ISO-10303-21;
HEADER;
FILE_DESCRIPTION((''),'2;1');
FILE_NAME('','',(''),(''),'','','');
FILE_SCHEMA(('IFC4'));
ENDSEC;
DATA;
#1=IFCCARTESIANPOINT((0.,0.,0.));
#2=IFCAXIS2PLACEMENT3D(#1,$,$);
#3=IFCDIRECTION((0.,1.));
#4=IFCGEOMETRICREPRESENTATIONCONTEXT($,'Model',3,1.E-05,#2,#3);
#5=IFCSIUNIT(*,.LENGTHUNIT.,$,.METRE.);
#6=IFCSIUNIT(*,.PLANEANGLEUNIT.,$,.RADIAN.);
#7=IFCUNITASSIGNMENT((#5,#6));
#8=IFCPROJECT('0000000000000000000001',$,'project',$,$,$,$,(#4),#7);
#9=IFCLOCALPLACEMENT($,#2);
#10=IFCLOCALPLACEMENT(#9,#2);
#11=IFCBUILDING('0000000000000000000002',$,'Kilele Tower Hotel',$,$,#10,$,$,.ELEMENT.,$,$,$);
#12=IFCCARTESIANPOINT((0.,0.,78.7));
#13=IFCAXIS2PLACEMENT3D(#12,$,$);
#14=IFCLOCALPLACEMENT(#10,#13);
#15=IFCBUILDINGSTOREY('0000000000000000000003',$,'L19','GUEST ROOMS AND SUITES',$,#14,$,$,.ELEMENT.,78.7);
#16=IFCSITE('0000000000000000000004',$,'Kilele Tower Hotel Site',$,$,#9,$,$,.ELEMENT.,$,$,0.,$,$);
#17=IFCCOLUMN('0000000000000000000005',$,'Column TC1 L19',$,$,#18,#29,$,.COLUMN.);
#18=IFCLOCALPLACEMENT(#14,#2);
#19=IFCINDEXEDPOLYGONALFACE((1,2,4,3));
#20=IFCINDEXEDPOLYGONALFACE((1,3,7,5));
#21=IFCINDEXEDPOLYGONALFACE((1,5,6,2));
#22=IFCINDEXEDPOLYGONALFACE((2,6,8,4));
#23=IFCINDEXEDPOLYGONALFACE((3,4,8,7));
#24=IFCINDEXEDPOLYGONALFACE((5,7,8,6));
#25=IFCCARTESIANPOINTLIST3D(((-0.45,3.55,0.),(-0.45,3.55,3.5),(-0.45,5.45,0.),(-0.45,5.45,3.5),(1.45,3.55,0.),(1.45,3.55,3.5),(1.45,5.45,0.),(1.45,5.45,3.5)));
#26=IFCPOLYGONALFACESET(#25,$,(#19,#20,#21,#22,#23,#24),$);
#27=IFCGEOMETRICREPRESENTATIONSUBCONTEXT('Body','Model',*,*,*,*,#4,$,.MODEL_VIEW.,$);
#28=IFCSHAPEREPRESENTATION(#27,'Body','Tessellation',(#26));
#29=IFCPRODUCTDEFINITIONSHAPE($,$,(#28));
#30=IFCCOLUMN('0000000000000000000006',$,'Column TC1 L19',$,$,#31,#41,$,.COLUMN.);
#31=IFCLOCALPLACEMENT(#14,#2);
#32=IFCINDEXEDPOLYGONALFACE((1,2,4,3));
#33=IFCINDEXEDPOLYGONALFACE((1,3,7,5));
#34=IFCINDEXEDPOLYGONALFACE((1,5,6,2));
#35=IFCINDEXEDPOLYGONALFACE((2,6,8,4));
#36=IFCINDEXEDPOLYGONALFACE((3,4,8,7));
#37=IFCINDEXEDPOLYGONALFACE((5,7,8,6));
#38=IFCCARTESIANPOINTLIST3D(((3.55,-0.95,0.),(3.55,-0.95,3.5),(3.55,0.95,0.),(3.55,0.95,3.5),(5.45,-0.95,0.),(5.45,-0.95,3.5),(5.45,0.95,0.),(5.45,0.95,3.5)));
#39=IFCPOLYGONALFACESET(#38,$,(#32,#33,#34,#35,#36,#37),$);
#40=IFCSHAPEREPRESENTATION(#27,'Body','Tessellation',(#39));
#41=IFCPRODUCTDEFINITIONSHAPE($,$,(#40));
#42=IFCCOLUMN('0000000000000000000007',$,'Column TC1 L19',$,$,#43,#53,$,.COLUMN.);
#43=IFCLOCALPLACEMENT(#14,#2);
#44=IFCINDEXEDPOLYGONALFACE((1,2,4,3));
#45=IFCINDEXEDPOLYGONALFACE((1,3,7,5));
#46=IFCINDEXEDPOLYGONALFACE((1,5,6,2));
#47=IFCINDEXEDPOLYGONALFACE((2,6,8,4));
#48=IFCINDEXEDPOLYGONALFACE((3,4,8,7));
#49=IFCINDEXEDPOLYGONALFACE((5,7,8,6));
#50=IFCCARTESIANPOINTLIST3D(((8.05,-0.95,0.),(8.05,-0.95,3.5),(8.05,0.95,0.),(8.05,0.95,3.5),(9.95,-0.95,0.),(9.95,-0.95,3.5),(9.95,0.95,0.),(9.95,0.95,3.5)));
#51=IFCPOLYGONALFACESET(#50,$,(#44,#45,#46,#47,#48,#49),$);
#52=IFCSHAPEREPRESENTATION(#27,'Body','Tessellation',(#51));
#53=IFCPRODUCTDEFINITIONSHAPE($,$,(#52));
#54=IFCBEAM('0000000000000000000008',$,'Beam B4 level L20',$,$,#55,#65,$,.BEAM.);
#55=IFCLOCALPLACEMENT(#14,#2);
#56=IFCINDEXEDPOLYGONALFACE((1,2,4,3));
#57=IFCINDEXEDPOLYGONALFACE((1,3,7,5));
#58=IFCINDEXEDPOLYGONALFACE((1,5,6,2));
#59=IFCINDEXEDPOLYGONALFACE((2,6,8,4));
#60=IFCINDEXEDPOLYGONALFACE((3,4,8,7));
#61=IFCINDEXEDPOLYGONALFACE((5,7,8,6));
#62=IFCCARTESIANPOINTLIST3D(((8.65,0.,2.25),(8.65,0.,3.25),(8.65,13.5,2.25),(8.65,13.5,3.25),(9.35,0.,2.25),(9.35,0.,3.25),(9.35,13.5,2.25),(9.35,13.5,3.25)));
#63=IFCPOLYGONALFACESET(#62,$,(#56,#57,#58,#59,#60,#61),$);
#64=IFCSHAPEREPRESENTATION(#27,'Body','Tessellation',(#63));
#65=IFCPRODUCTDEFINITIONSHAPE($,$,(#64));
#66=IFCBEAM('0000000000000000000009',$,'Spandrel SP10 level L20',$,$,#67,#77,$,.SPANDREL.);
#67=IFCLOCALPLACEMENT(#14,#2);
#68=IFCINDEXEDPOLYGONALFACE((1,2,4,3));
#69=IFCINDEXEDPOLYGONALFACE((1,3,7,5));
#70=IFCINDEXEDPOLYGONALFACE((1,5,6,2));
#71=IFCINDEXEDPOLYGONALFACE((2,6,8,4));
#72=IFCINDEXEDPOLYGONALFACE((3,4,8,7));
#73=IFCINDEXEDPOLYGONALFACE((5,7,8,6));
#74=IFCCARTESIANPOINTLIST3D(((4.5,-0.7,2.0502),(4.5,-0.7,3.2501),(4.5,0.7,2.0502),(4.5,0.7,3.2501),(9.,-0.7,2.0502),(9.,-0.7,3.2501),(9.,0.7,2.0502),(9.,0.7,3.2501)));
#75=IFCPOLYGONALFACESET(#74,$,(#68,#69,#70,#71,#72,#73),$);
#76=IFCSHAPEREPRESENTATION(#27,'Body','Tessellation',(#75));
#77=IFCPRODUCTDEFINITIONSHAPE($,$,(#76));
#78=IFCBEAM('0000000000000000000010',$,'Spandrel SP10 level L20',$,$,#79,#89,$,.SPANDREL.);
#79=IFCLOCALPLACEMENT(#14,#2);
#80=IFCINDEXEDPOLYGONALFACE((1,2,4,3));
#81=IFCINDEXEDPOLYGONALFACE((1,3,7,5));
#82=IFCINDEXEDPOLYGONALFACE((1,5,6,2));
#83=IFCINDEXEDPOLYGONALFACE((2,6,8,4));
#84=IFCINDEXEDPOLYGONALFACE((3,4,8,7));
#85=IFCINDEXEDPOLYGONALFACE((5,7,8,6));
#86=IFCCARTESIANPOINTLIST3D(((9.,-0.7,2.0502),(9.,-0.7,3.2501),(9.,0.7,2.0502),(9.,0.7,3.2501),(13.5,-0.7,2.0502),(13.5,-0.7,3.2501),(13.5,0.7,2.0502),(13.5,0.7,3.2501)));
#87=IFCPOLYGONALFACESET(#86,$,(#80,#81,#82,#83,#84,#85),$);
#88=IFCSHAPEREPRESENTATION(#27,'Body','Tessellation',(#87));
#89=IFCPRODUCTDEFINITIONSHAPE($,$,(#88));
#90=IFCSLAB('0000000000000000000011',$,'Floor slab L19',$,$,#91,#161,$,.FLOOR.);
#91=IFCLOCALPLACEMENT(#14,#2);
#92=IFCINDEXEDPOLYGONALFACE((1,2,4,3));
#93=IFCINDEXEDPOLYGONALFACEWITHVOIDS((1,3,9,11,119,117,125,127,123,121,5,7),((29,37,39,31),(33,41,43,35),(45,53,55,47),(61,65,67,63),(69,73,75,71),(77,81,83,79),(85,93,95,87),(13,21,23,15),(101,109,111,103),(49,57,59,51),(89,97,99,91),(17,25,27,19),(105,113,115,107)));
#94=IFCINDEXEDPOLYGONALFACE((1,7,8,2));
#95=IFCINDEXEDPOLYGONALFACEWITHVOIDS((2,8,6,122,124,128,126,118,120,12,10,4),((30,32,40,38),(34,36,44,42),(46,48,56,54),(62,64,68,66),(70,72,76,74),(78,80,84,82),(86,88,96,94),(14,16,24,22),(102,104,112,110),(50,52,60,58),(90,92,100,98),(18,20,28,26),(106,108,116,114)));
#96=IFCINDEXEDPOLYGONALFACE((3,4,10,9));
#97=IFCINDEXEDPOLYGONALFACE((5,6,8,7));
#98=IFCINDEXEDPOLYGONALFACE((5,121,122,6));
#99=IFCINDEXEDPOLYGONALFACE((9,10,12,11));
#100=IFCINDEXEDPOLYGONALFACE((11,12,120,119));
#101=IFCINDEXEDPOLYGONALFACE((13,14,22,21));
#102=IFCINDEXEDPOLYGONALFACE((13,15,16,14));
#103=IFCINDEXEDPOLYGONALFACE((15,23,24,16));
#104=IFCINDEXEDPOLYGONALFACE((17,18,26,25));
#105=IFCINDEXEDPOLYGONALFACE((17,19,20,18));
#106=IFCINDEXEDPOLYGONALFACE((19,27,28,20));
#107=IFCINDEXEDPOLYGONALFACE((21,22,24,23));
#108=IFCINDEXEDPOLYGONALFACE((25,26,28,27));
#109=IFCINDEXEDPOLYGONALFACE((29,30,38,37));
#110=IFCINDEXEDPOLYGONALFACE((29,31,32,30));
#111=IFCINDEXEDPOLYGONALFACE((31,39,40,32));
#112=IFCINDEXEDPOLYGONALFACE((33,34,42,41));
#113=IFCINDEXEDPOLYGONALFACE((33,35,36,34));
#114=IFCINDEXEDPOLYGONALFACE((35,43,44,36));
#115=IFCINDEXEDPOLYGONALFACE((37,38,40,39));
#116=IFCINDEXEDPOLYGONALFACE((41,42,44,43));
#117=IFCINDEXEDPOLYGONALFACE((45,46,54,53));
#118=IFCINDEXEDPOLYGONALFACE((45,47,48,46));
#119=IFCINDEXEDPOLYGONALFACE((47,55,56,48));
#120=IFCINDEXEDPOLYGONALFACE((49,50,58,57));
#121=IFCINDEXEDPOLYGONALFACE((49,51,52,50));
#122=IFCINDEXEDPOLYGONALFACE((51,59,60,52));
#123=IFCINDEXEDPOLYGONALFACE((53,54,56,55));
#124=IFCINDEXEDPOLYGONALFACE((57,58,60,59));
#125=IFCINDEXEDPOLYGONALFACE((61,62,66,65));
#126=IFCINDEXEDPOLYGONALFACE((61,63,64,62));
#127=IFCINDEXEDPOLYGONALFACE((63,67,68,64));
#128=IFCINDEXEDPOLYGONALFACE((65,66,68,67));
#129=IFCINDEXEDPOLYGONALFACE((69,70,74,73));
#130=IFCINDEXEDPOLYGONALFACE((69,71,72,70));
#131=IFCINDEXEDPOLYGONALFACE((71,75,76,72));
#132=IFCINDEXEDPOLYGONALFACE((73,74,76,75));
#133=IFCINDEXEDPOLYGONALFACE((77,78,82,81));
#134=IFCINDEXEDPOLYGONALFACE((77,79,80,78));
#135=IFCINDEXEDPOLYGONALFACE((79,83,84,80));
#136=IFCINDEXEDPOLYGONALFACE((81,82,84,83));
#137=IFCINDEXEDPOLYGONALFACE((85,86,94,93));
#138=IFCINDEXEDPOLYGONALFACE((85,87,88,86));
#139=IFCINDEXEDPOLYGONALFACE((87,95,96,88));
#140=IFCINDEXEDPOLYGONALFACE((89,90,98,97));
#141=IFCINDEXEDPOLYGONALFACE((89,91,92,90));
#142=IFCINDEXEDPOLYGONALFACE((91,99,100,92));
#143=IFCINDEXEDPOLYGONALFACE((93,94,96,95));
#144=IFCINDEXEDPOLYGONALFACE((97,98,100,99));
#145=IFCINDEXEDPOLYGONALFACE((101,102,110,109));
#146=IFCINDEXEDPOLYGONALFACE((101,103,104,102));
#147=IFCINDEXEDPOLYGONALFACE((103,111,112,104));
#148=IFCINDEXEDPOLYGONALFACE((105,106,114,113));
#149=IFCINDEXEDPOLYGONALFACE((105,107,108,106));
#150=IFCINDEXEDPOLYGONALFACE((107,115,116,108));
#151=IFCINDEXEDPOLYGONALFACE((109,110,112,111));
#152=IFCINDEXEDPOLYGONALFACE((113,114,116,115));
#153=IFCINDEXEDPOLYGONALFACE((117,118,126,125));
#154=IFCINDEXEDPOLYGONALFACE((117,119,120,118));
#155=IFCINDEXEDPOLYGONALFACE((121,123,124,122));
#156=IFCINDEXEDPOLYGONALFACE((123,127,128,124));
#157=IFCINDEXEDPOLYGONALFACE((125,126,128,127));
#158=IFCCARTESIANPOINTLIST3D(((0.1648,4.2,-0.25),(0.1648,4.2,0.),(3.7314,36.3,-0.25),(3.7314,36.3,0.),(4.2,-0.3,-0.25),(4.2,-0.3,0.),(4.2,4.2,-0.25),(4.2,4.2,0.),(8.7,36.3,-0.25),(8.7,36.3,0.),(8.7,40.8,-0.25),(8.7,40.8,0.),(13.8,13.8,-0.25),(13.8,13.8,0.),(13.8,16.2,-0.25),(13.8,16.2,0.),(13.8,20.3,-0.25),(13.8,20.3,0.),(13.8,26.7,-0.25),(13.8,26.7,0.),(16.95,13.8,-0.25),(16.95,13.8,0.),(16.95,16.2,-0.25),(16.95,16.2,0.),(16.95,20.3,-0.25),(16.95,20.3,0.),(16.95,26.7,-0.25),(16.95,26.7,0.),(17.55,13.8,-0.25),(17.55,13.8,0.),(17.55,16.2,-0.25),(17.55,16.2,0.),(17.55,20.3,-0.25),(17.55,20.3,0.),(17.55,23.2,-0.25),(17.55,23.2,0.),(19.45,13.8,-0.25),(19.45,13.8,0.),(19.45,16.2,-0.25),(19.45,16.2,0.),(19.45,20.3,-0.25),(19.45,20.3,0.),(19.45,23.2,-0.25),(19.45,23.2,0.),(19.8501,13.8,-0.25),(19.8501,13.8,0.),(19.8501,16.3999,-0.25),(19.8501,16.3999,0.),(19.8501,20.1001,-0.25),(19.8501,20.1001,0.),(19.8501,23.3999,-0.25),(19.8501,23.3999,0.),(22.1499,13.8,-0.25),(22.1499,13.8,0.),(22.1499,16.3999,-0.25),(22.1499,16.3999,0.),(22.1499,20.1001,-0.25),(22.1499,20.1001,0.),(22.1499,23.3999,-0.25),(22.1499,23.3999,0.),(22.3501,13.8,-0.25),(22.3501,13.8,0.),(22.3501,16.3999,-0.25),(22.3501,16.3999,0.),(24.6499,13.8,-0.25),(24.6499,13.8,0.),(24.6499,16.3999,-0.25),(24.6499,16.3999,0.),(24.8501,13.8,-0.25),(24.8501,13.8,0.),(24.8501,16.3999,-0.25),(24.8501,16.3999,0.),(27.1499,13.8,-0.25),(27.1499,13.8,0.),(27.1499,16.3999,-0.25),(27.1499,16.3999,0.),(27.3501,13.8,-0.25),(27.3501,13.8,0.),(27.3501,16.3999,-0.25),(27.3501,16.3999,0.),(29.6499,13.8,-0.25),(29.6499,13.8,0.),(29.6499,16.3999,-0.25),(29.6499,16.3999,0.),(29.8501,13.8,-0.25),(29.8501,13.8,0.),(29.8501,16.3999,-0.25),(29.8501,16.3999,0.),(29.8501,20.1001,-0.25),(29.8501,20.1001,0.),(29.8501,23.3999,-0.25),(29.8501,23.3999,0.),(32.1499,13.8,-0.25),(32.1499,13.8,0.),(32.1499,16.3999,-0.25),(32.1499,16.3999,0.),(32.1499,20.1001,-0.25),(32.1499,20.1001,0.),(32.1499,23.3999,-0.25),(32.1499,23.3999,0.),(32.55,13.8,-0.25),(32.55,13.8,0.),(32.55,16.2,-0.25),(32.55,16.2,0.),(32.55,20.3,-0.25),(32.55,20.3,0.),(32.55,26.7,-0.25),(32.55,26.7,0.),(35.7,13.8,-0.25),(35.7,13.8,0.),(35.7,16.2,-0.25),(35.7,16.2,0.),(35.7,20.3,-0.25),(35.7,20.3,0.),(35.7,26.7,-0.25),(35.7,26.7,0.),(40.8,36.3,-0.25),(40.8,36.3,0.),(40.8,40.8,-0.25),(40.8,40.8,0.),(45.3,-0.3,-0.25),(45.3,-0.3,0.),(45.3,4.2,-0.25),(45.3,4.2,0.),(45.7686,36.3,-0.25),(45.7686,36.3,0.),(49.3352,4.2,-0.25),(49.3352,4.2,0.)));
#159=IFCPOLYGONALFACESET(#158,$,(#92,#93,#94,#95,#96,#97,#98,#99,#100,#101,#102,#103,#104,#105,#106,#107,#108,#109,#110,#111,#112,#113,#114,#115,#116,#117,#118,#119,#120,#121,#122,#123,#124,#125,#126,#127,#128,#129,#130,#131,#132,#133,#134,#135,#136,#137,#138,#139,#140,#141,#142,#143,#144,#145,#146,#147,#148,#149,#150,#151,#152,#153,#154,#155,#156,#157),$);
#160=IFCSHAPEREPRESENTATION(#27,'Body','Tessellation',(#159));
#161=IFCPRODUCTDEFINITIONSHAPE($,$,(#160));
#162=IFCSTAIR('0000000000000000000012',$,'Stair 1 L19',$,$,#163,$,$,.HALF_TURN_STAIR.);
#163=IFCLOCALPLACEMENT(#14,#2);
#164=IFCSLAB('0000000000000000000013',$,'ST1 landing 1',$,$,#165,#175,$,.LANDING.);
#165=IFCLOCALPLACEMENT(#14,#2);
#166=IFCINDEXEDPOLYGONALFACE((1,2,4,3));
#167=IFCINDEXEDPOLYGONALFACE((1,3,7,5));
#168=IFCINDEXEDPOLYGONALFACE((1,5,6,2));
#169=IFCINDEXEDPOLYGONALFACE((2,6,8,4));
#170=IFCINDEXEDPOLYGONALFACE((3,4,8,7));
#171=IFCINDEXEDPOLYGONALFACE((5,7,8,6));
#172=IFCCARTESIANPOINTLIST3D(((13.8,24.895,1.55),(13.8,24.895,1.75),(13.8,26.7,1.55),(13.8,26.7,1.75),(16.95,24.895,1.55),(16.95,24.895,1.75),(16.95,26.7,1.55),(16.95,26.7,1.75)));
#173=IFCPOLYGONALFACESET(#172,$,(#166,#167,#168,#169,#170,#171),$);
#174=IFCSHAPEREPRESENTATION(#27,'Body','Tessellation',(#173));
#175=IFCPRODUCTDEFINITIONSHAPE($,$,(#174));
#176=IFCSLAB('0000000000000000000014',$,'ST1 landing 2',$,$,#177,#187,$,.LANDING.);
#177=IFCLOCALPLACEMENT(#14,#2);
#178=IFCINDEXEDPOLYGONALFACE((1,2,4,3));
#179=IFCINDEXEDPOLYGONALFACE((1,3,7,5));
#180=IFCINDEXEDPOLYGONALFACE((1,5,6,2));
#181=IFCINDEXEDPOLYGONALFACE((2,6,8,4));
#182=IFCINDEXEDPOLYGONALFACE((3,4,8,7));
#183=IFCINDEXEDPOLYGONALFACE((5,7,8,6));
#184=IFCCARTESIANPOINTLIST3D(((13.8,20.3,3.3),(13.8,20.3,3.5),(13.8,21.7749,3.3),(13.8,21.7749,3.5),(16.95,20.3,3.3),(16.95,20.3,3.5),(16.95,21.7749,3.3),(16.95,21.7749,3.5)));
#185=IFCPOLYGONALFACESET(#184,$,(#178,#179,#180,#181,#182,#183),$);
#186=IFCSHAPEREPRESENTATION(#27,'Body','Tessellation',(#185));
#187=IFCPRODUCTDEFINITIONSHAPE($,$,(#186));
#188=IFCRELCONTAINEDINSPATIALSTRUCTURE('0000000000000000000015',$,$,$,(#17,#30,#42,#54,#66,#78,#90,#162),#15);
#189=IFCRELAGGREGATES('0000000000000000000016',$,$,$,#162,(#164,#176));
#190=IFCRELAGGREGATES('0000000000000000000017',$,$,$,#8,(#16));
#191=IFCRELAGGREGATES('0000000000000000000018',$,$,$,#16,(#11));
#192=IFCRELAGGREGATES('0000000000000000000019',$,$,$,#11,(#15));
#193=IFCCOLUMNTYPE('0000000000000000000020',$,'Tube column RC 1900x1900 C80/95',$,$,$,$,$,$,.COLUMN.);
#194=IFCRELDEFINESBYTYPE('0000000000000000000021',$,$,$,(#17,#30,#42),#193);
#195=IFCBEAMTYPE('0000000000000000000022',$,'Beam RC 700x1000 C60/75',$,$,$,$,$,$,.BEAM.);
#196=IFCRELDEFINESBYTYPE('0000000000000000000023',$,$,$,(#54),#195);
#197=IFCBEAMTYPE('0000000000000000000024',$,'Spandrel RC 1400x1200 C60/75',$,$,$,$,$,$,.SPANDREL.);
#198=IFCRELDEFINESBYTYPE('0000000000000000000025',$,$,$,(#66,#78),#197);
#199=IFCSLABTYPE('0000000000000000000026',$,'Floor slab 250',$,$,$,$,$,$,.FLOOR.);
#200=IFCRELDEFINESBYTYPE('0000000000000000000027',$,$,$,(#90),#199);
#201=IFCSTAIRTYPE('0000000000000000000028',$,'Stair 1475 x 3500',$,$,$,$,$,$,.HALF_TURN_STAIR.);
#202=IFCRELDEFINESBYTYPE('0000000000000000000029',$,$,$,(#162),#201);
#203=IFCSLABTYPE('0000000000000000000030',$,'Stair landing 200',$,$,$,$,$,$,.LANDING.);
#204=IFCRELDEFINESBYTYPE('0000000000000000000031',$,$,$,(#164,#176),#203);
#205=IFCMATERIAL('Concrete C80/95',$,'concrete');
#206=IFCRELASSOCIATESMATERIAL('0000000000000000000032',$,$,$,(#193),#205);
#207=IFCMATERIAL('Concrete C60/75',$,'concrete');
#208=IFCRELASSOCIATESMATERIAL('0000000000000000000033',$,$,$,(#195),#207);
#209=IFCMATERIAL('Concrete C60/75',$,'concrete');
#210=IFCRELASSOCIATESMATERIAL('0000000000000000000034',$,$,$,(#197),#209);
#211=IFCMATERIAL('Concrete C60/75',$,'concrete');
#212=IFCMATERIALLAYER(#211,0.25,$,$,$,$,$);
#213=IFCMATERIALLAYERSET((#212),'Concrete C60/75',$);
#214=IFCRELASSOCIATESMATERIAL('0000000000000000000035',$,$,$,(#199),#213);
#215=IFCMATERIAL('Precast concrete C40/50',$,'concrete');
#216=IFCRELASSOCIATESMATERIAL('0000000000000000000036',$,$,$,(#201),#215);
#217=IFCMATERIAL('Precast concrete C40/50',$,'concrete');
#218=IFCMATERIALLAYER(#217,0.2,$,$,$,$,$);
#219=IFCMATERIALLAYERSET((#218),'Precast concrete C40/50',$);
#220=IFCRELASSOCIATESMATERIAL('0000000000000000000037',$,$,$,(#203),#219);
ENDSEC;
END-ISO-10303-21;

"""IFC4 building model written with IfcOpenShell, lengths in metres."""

from ifc_helpers import new_model, si_unit, direction, frame, origin, origin_2d, place, context, subcontext, project, spatial, polyline, rectangle, outline, extrude, material, layer, layer_set, material_profile, profile_set, type_object, element, aggregate, save


model = new_model("IFC4")

# Units and contexts
model_context = context("Model", 3, precision=1e-05, world=origin(), true_north=direction((0.0, 1.0)))
body_context = subcontext(model_context, "Body", "Model", "MODEL_VIEW")
ifc_project = project(units=[si_unit("LENGTHUNIT", "METRE"), si_unit("PLANEANGLEUNIT", "RADIAN")], contexts=[model_context])

# Site, building, storey
site_placement = place(None, origin())
site = spatial("IfcSite", under=ifc_project, at=site_placement, Name="Kilele Tower Hotel Site", CompositionType="ELEMENT", RefElevation=0.0)
building_placement = place(site_placement, origin())
building = spatial("IfcBuilding", under=site, at=building_placement, Name="Kilele Tower Hotel", CompositionType="ELEMENT")
storey_placement = place(building_placement, frame((0.0, 0.0, 78.7)))
storey = spatial("IfcBuildingStorey", under=building, at=storey_placement, Name="L19", Description="GUEST ROOMS AND SUITES", CompositionType="ELEMENT", Elevation=78.7)

# Columns
ifc_material_1 = material(Name="Concrete C80/95", Category="concrete")
ifc_material_profile_1 = material_profile(ifc_material_1, rectangle(XDim=1.8999, YDim=1.8999, at=origin_2d()))
ifc_profile_set_1 = profile_set([ifc_material_profile_1], Name="Concrete C80/95")
column_type = type_object("IfcColumnType", Name="Tube column RC 1900x1900 C80/95", PredefinedType="COLUMN", material=ifc_profile_set_1)
for number, where, z_axis, x_axis, name in (
    (1, (0.5, 4.5, 0.0), (0.0, 0.0, 1.0), (1.0, 0.0, 0.0), "Column TC1 L19"),
    (2, (4.5, 0.0, 0.0), (0.0, 0.0, 1.0), (1.0, 0.0, 0.0), "Column TC1 L19"),
    (3, (9.0, 0.0, 0.0), (0.0, 0.0, 1.0), (1.0, 0.0, 0.0), "Column TC1 L19"),
):
    element("IfcColumn", number, at=place(storey_placement, frame(where, z_axis=z_axis, x_axis=x_axis)), inside=storey, type_object=column_type, Name=name, PredefinedType="COLUMN", context=body_context, shape_type="SweptSolid", body=[
        extrude(rectangle(XDim=1.8999, YDim=1.8999, at=origin_2d()), origin(), (0.0, 0.0, 1.0), 3.5),
    ])

# Beams
ifc_material_2 = material(Name="Concrete C60/75", Category="concrete")
ifc_material_profile_2 = material_profile(ifc_material_2, rectangle(XDim=0.7, YDim=1.0, at=origin_2d()))
ifc_profile_set_2 = profile_set([ifc_material_profile_2], Name="Concrete C60/75")
beam_type_1 = type_object("IfcBeamType", Name="Beam RC 700x1000 C60/75", PredefinedType="BEAM", material=ifc_profile_set_2)
beam_placement = place(storey_placement, frame((9.0, 0.0, 2.75), z_axis=(0.0, 1.0, 0.0), x_axis=(-1.0, 0.0, 0.0)))
element("IfcBeam", 4, at=beam_placement, inside=storey, type_object=beam_type_1, Name="Beam B4 level L20", PredefinedType="BEAM", context=body_context, shape_type="SweptSolid", body=[
    extrude(rectangle(XDim=0.7, YDim=1.0, at=origin_2d()), origin(), (0.0, 0.0, 1.0), 13.5),
])
ifc_material_3 = material(Name="Concrete C60/75", Category="concrete")
ifc_material_profile_3 = material_profile(ifc_material_3, rectangle(XDim=1.3999, YDim=1.2, at=origin_2d()))
ifc_profile_set_3 = profile_set([ifc_material_profile_3], Name="Concrete C60/75")
beam_type_2 = type_object("IfcBeamType", Name="Spandrel RC 1400x1200 C60/75", PredefinedType="SPANDREL", material=ifc_profile_set_3)
for number, where, z_axis, x_axis, name in (
    (5, (4.5, 0.0, 2.6501), (1.0, 0.0, 0.0), (0.0, 1.0, 0.0), "Spandrel SP10 level L20"),
    (6, (9.0, 0.0, 2.6501), (1.0, 0.0, 0.0), (0.0, 1.0, 0.0), "Spandrel SP10 level L20"),
):
    element("IfcBeam", number, at=place(storey_placement, frame(where, z_axis=z_axis, x_axis=x_axis)), inside=storey, type_object=beam_type_2, Name=name, PredefinedType="SPANDREL", context=body_context, shape_type="SweptSolid", body=[
        extrude(rectangle(XDim=1.3999, YDim=1.2, at=origin_2d()), origin(), (0.0, 0.0, 1.0), 4.5),
    ])

# Slab
ifc_material_4 = material(Name="Concrete C60/75", Category="concrete")
ifc_layer_1 = layer(ifc_material_4, 0.25)
ifc_layer_set_1 = layer_set([ifc_layer_1], Name="Concrete C60/75")
slab_type_1 = type_object("IfcSlabType", Name="Floor slab 250", PredefinedType="FLOOR", material=ifc_layer_set_1)
slab_1_placement = place(storey_placement, frame((0.0, 0.0, -0.25)))
element("IfcSlab", 7, at=slab_1_placement, inside=storey, type_object=slab_type_1, Name="Floor slab L19", PredefinedType="FLOOR", context=body_context, shape_type="SweptSolid", body=[
    extrude(outline(polyline([(8.7, 36.3), (8.7, 40.8), (40.8, 40.8), (40.8, 36.3), (45.7686, 36.3), (49.3352, 4.2), (45.3, 4.2), (45.3, -0.3), (4.2, -0.3), (4.2, 4.2), (0.1648, 4.2), (3.7314, 36.3), (8.7, 36.3)]), holes=[polyline([(16.95, 16.2), (13.8, 16.2), (13.8, 13.8), (16.95, 13.8), (16.95, 16.2)]), polyline([(19.45, 13.8), (19.45, 16.2), (17.55, 16.2), (17.55, 13.8), (19.45, 13.8)]), polyline([(22.1499, 13.8), (22.1499, 16.3999), (19.8501, 16.3999), (19.8501, 13.8), (22.1499, 13.8)]), polyline([(24.6499, 16.3999), (22.3501, 16.3999), (22.3501, 13.8), (24.6499, 13.8), (24.6499, 16.3999)]), polyline([(19.45, 20.3), (19.45, 23.2), (17.55, 23.2), (17.55, 20.3), (19.45, 20.3)]), polyline([(22.1499, 20.1001), (22.1499, 23.3999), (19.8501, 23.3999), (19.8501, 20.1001), (22.1499, 20.1001)]), polyline([(16.95, 26.7), (13.8, 26.7), (13.8, 20.3), (16.95, 20.3), (16.95, 26.7)]), polyline([(35.7, 13.8), (35.7, 16.2), (32.55, 16.2), (32.55, 13.8), (35.7, 13.8)]), polyline([(27.1499, 13.8), (27.1499, 16.3999), (24.8501, 16.3999), (24.8501, 13.8), (27.1499, 13.8)]), polyline([(29.6499, 13.8), (29.6499, 16.3999), (27.3501, 16.3999), (27.3501, 13.8), (29.6499, 13.8)]), polyline([(32.1499, 13.8), (32.1499, 16.3999), (29.8501, 16.3999), (29.8501, 13.8), (32.1499, 13.8)]), polyline([(32.1499, 20.1001), (32.1499, 23.3999), (29.8501, 23.3999), (29.8501, 20.1001), (32.1499, 20.1001)]), polyline([(35.7, 20.3), (35.7, 26.7), (32.55, 26.7), (32.55, 20.3), (35.7, 20.3)])]), origin(), (0.0, 0.0, 1.0), 0.25),
])

# Stair, slabs
ifc_material_5 = material(Name="Precast concrete C40/50", Category="concrete")
stair_type = type_object("IfcStairType", Name="Stair 1475 x 3500", PredefinedType="HALF_TURN_STAIR", material=ifc_material_5)
stair_1_placement = place(storey_placement, origin())
stair_1 = element("IfcStair", 8, at=stair_1_placement, inside=storey, type_object=stair_type, Name="Stair 1 L19", PredefinedType="HALF_TURN_STAIR")
ifc_material_6 = material(Name="Precast concrete C40/50", Category="concrete")
ifc_layer_2 = layer(ifc_material_6, 0.2)
ifc_layer_set_2 = layer_set([ifc_layer_2], Name="Precast concrete C40/50")
slab_type_2 = type_object("IfcSlabType", Name="Stair landing 200", PredefinedType="LANDING", material=ifc_layer_set_2)
slab_2_placement = place(storey_placement, frame((0.0, 0.0, 1.55)))
slab_2 = element("IfcSlab", 9, at=slab_2_placement, type_object=slab_type_2, Name="ST1 landing 1", PredefinedType="LANDING", context=body_context, shape_type="SweptSolid", body=[
    extrude(outline(polyline([(13.8, 24.895), (16.95, 24.895), (16.95, 26.7), (13.8, 26.7), (13.8, 24.895)])), origin(), (0.0, 0.0, 1.0), 0.2),
])
slab_3_placement = place(storey_placement, frame((0.0, 0.0, 3.3)))
slab_3 = element("IfcSlab", 10, at=slab_3_placement, type_object=slab_type_2, Name="ST1 landing 2", PredefinedType="LANDING", context=body_context, shape_type="SweptSolid", body=[
    extrude(outline(polyline([(13.8, 20.3), (16.95, 20.3), (16.95, 21.7749), (13.8, 21.7749), (13.8, 20.3)])), origin(), (0.0, 0.0, 1.0), 0.2),
])
aggregate(stair_1, [slab_2, slab_3])

save(model, "model.ifc")
